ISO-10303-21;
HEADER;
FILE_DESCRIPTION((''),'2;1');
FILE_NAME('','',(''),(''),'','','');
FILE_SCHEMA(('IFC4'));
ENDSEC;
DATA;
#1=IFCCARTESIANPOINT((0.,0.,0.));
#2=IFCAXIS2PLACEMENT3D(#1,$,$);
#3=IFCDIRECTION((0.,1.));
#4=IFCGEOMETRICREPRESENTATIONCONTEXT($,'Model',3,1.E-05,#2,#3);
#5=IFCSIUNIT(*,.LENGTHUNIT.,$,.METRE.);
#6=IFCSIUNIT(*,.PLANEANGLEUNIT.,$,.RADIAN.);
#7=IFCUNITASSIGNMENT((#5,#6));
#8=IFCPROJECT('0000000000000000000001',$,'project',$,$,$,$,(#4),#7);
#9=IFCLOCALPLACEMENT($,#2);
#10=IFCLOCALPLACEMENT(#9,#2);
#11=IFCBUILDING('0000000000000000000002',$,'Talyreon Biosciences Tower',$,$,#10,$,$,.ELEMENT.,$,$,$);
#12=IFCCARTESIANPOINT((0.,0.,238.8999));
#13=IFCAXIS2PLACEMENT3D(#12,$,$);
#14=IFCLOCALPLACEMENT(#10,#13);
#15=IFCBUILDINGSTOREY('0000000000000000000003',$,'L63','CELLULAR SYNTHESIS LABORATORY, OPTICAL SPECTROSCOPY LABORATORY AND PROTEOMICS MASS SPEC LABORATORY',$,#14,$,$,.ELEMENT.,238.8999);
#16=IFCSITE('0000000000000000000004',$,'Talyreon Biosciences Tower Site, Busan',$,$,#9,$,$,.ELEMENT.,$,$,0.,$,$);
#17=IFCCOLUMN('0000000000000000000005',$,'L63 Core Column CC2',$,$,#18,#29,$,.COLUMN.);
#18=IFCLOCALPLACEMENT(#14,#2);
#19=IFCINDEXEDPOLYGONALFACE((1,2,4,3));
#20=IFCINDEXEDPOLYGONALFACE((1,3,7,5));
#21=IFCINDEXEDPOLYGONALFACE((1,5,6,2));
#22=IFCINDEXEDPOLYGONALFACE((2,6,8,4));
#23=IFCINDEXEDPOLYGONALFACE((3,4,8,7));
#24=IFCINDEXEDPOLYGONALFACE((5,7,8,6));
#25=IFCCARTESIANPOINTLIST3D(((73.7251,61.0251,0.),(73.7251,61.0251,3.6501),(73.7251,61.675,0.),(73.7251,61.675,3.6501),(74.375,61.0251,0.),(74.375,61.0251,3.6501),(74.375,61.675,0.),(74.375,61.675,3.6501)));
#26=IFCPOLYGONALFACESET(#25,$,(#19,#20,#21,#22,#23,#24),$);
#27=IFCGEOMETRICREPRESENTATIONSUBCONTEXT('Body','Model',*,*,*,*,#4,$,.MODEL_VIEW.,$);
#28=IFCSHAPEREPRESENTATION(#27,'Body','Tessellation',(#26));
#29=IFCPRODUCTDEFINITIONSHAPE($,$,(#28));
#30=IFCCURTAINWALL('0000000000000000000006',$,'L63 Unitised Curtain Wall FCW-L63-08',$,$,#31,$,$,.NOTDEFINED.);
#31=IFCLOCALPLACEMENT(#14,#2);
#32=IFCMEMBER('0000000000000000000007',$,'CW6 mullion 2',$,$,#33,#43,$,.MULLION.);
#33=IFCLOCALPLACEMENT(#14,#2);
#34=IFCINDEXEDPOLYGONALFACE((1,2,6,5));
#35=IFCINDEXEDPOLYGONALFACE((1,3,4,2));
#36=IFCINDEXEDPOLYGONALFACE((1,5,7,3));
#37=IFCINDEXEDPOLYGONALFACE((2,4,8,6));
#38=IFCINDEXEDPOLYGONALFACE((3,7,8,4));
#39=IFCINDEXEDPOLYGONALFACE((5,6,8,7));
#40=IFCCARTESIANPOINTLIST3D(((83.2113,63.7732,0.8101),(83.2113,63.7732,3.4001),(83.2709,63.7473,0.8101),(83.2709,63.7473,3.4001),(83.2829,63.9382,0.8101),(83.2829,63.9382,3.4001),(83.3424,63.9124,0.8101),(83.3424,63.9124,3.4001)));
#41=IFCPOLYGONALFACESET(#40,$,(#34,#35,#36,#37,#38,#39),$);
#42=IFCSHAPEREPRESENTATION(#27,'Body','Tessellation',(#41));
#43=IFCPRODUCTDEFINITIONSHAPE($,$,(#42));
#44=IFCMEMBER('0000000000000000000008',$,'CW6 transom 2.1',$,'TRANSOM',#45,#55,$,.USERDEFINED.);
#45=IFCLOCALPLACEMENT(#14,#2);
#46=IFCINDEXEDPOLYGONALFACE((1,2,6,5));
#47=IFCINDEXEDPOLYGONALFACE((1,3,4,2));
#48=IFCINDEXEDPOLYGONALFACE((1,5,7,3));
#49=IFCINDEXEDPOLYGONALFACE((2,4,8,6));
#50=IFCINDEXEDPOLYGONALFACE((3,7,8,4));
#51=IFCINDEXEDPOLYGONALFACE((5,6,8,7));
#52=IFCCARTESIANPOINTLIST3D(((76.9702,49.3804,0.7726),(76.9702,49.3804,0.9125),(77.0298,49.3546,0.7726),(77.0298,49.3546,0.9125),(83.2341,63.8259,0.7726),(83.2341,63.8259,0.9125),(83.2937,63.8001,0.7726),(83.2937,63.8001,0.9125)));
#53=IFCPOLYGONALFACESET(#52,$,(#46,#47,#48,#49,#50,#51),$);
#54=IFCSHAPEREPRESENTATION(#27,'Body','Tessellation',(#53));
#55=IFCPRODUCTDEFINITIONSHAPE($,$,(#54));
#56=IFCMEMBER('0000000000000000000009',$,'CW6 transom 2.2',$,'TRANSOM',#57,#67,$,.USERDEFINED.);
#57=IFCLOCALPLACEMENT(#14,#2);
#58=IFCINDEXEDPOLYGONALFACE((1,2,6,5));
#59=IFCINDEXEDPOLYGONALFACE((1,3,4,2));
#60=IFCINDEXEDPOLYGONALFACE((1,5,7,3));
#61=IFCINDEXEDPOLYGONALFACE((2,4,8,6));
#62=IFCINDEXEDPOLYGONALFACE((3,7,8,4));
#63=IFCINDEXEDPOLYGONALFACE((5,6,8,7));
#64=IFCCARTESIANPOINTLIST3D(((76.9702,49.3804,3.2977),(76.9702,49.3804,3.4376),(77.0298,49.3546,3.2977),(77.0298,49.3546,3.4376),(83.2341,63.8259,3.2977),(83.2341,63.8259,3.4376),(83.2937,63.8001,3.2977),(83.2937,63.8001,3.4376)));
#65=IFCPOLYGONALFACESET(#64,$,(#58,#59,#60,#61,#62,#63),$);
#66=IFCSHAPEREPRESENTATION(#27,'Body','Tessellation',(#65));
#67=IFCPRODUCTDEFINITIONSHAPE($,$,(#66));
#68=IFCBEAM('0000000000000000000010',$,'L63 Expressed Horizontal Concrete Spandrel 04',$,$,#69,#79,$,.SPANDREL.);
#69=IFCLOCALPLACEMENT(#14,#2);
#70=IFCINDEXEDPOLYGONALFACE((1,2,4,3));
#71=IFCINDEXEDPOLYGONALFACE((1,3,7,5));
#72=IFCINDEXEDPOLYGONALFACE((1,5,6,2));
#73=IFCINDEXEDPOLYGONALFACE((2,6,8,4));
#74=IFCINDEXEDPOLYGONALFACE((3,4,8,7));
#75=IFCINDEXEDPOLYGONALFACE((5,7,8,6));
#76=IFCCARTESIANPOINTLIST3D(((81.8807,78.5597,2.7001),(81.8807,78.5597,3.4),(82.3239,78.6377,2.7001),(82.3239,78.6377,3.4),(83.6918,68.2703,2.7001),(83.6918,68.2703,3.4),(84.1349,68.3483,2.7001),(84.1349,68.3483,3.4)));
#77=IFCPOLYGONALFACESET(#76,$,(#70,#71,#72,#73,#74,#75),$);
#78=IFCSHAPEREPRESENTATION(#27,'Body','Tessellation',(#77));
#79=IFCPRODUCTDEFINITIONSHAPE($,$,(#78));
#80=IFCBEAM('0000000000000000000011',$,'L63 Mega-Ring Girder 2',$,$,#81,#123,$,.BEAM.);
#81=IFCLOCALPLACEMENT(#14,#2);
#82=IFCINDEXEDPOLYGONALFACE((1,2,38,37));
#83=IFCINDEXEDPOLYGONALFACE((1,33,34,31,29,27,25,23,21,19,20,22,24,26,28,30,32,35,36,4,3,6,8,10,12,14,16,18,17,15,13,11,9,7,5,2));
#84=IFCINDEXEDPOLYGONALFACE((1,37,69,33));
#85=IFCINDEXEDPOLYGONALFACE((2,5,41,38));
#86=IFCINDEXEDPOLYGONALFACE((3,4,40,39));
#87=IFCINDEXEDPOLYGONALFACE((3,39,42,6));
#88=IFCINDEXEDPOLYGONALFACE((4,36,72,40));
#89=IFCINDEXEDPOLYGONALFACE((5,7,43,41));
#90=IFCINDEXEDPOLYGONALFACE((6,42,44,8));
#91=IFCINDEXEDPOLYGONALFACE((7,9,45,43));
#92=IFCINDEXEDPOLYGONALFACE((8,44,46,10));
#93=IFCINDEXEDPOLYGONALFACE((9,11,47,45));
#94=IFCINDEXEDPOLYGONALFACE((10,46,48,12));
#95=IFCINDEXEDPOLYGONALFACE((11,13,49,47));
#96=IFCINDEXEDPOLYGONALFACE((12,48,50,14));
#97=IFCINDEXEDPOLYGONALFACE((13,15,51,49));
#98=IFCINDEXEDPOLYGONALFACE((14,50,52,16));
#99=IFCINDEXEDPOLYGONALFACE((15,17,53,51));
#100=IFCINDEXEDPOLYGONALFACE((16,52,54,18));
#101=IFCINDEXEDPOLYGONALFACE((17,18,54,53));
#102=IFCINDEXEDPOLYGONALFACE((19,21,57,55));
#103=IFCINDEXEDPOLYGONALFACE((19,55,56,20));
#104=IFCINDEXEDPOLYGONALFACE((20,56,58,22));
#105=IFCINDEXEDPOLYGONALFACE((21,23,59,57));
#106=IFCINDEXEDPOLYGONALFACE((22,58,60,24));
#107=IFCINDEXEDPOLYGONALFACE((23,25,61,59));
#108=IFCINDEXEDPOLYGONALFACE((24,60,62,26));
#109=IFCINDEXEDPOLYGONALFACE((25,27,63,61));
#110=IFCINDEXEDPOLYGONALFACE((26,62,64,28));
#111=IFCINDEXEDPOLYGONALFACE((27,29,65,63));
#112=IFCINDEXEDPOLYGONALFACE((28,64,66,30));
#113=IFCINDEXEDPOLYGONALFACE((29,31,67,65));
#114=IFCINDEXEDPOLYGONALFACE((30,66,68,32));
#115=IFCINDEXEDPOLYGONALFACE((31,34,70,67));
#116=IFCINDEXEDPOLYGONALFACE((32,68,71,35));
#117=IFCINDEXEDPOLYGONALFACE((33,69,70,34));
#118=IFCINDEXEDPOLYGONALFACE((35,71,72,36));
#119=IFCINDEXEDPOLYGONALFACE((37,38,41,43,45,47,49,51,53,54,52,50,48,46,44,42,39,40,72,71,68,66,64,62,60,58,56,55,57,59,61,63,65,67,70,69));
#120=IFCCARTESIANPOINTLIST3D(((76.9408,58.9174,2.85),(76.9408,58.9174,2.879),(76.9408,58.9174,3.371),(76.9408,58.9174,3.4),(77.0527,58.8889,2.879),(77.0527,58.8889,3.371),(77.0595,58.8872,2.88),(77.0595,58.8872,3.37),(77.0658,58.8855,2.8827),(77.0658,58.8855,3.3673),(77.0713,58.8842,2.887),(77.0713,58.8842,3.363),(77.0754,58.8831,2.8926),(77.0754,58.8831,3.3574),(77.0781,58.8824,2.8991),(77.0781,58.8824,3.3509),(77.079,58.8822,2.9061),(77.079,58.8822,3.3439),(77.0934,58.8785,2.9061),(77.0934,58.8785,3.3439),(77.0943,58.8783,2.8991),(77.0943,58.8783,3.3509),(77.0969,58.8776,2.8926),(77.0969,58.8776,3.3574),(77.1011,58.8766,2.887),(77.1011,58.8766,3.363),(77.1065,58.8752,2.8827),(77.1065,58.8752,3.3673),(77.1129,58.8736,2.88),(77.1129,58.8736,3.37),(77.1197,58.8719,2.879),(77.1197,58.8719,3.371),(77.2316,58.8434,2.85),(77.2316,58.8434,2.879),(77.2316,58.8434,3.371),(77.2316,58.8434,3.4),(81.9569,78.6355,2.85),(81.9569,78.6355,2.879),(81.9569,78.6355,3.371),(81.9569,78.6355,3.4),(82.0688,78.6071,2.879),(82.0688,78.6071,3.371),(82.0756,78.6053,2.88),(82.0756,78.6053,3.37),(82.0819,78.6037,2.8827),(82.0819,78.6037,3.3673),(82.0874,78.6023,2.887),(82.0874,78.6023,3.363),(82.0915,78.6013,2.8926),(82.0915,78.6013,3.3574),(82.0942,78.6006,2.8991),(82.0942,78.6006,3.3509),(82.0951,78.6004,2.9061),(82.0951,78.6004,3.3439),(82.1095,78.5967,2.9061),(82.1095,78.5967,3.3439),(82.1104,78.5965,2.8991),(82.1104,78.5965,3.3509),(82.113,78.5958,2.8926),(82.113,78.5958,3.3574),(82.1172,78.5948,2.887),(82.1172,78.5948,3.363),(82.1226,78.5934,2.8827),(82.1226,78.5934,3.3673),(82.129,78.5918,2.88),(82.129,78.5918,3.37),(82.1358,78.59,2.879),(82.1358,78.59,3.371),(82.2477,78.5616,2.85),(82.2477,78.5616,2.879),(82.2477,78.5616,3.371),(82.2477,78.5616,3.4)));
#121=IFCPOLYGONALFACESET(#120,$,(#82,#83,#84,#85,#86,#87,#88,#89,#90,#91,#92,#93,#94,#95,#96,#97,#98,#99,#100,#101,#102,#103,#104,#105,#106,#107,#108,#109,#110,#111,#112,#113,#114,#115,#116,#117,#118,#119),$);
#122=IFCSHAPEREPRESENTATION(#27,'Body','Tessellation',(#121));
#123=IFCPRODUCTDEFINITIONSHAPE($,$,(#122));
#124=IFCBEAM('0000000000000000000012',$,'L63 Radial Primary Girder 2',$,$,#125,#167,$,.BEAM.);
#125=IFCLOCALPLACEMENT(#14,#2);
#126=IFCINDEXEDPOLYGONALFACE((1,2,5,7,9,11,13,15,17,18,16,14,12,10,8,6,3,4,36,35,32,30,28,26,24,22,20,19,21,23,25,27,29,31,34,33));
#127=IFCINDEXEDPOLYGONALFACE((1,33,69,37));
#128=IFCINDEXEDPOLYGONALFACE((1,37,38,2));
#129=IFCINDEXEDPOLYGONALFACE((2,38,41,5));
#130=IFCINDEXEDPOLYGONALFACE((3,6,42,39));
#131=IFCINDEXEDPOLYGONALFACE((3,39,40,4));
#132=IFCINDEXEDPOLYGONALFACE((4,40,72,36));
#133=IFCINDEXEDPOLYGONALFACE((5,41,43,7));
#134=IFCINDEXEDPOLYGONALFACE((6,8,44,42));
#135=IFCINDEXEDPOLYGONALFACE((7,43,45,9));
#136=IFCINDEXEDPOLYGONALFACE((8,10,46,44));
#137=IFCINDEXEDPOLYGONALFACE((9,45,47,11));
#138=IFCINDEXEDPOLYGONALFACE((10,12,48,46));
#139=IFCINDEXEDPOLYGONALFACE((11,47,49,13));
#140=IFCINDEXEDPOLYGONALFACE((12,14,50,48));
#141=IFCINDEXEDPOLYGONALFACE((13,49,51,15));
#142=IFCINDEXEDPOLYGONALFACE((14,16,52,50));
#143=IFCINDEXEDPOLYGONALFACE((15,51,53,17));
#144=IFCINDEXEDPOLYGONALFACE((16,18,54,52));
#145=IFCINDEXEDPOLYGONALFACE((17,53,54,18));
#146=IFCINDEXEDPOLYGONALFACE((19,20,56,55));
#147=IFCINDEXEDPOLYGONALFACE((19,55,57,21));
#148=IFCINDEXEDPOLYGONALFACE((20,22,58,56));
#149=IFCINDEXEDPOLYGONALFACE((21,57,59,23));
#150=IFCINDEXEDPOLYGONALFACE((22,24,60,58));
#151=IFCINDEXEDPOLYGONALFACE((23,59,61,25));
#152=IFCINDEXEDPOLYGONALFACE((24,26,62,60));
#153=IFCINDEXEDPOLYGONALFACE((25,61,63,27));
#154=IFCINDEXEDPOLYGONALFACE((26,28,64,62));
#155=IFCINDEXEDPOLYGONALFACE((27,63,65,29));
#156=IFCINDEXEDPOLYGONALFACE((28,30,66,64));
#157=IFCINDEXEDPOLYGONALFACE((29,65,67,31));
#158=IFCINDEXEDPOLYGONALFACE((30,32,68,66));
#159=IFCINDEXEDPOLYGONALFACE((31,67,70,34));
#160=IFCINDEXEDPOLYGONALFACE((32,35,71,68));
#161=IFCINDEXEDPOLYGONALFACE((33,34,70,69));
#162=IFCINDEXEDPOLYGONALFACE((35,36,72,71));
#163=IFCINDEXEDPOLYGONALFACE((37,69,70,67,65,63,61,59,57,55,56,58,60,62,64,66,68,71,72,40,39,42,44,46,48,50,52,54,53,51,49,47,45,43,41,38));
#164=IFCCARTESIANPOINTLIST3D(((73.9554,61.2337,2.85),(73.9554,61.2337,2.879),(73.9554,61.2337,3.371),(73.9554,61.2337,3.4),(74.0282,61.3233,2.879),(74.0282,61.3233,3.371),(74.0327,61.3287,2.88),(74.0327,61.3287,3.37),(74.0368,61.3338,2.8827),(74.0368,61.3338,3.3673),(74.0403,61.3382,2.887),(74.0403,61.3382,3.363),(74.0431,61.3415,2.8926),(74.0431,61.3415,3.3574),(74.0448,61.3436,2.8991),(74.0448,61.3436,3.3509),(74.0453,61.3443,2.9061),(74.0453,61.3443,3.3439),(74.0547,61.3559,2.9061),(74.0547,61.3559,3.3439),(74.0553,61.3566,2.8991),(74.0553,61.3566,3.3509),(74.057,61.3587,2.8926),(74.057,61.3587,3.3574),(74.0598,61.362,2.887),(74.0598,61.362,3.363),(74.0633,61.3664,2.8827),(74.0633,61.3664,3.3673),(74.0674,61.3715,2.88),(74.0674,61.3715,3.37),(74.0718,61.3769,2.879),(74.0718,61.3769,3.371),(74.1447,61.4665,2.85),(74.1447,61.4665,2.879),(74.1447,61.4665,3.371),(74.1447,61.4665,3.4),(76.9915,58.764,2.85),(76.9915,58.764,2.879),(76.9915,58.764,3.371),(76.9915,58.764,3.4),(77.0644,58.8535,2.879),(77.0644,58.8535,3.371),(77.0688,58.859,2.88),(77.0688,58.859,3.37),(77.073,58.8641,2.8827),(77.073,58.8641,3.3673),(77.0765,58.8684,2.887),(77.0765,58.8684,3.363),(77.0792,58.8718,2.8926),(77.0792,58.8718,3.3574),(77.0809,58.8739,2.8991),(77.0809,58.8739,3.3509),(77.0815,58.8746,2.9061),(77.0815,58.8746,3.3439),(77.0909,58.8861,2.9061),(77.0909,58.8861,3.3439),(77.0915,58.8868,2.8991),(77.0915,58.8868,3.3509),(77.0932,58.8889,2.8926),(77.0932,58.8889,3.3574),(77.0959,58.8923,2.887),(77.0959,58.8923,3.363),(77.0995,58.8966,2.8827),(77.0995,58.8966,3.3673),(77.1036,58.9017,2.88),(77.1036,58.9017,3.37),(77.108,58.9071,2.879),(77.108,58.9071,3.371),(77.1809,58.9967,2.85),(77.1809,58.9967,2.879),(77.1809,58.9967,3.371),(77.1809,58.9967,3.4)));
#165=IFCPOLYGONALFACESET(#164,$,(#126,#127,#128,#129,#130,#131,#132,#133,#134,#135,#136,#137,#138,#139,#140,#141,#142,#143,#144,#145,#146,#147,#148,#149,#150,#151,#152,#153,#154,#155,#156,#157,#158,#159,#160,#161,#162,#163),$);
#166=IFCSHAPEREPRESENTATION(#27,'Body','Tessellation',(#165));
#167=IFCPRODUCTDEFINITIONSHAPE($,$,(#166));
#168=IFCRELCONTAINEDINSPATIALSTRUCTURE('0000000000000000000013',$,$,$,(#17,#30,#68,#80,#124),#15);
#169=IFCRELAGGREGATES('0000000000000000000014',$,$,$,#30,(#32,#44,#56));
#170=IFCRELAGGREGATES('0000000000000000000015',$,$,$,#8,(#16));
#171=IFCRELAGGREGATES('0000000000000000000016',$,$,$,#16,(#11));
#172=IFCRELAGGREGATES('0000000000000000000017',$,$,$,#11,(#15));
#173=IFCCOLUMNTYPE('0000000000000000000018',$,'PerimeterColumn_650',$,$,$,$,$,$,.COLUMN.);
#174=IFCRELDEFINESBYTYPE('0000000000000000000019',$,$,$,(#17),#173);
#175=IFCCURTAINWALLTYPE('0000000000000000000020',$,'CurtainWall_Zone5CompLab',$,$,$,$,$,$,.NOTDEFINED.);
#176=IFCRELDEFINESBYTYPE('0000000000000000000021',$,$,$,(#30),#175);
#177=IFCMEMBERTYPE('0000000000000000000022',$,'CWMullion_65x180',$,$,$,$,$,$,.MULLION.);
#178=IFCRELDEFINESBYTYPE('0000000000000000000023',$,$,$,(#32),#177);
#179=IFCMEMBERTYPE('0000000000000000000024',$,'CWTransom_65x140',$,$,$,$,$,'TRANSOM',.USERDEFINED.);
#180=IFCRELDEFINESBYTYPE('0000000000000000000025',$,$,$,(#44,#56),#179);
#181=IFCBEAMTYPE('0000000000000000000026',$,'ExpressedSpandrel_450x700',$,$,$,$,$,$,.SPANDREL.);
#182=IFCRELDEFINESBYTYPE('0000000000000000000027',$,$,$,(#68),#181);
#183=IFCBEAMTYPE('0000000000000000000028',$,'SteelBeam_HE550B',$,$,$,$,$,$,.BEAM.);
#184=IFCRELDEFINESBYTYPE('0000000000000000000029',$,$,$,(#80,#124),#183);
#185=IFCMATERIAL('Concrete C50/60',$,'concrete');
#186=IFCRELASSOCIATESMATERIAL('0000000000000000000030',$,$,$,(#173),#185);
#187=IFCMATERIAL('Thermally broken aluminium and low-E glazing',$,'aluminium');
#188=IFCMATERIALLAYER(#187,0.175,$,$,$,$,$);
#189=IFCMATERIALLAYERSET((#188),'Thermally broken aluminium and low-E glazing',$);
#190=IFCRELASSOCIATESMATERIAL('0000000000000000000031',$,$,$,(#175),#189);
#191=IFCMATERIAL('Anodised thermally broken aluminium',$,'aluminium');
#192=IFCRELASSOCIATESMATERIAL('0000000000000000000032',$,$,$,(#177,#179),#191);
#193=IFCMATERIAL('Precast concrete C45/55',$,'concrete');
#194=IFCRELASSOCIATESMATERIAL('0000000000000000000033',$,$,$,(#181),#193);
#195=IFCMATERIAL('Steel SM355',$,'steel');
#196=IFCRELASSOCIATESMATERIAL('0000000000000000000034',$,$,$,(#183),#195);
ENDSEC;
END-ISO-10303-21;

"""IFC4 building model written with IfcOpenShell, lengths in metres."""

from ifc_helpers import new_model, si_unit, direction, frame, origin, origin_2d, place, context, subcontext, project, spatial, rectangle, i_section, extrude, material, layer, layer_set, material_profile, profile_set, type_object, element, aggregate, save


model = new_model("IFC4")

# Units and contexts
model_context = context("Model", 3, precision=1e-05, world=origin(), true_north=direction((0.0, 1.0)))
body_context = subcontext(model_context, "Body", "Model", "MODEL_VIEW")
ifc_project = project(units=[si_unit("LENGTHUNIT", "METRE"), si_unit("PLANEANGLEUNIT", "RADIAN")], contexts=[model_context])

# Site, building, storey
site_placement = place(None, origin())
site = spatial("IfcSite", under=ifc_project, at=site_placement, Name="Talyreon Biosciences Tower Site, Busan", CompositionType="ELEMENT", RefElevation=0.0)
building_placement = place(site_placement, origin())
building = spatial("IfcBuilding", under=site, at=building_placement, Name="Talyreon Biosciences Tower", CompositionType="ELEMENT")
storey_placement = place(building_placement, frame((0.0, 0.0, 238.8999)))
storey = spatial("IfcBuildingStorey", under=building, at=storey_placement, Name="L63", Description="CELLULAR SYNTHESIS LABORATORY, OPTICAL SPECTROSCOPY LABORATORY AND PROTEOMICS MASS SPEC LABORATORY", CompositionType="ELEMENT", Elevation=238.8999)

# Column
ifc_material_1 = material(Name="Concrete C50/60", Category="concrete")
ifc_material_profile_1 = material_profile(ifc_material_1, rectangle(XDim=0.6499, YDim=0.6499, at=origin_2d()), Name="RC 650x650")
ifc_profile_set_1 = profile_set([ifc_material_profile_1], Name="Concrete C50/60")
column_type = type_object("IfcColumnType", Name="PerimeterColumn_650", PredefinedType="COLUMN", material=ifc_profile_set_1)
column_placement = place(storey_placement, frame((74.05, 61.3501, 0.0), z_axis=(0.0, 0.0, 1.0), x_axis=(1.0, 0.0, 0.0)))
element("IfcColumn", 1, at=column_placement, inside=storey, type_object=column_type, Name="L63 Core Column CC2", PredefinedType="COLUMN", context=body_context, shape_type="SweptSolid", body=[
    extrude(rectangle(XDim=0.6499, YDim=0.6499, at=origin_2d()), origin(), (0.0, 0.0, 1.0), 3.6501),
])

# Curtain wall, members
ifc_material_2 = material(Name="Thermally broken aluminium and low-E glazing", Category="aluminium")
ifc_layer_1 = layer(ifc_material_2, 0.175)
ifc_layer_set_1 = layer_set([ifc_layer_1], Name="Thermally broken aluminium and low-E glazing")
curtain_wall_type = type_object("IfcCurtainWallType", Name="CurtainWall_Zone5CompLab", PredefinedType="NOTDEFINED", material=ifc_layer_set_1)
curtain_wall_placement = place(storey_placement, origin())
curtain_wall = element("IfcCurtainWall", 2, at=curtain_wall_placement, inside=storey, type_object=curtain_wall_type, Name="L63 Unitised Curtain Wall FCW-L63-08", PredefinedType="NOTDEFINED")
ifc_material_3 = material(Name="Anodised thermally broken aluminium", Category="aluminium")
ifc_material_profile_2 = material_profile(ifc_material_3, rectangle(XDim=0.0649, YDim=0.1799, at=origin_2d()), Name="ALUM MULLION 65x180")
ifc_profile_set_2 = profile_set([ifc_material_profile_2], Name="Anodised thermally broken aluminium")
member_type_1 = type_object("IfcMemberType", Name="CWMullion_65x180", PredefinedType="MULLION", material=ifc_profile_set_2)
member_1_placement = place(storey_placement, frame((83.2769, 63.8428, 0.8101), z_axis=(0.0, 0.0, 1.0), x_axis=(0.917458, -0.397832, 0.0)))
member_1 = element("IfcMember", 3, at=member_1_placement, type_object=member_type_1, Name="CW6 mullion 2", PredefinedType="MULLION", context=body_context, shape_type="SweptSolid", body=[
    extrude(rectangle(XDim=0.0649, YDim=0.1799, at=origin_2d()), origin(), (0.0, 0.0, 1.0), 2.5901),
])
ifc_material_profile_3 = material_profile(ifc_material_3, rectangle(XDim=0.0649, YDim=0.1399, at=origin_2d()), Name="ALUM TRANSOM 65x140")
ifc_profile_set_3 = profile_set([ifc_material_profile_3], Name="Anodised thermally broken aluminium")
member_type_2 = type_object("IfcMemberType", Name="CWTransom_65x140", ElementType="TRANSOM", PredefinedType="USERDEFINED", material=ifc_profile_set_3)
member_2_placement = place(storey_placement, frame((83.2639, 63.813, 0.8425), z_axis=(-0.397831, -0.917459, 0.0), x_axis=(0.917459, -0.397831, 0.0)))
member_2 = element("IfcMember", 4, at=member_2_placement, type_object=member_type_2, Name="CW6 transom 2.1", ObjectType="TRANSOM", PredefinedType="USERDEFINED", context=body_context, shape_type="SweptSolid", body=[
    extrude(rectangle(XDim=0.0649, YDim=0.1399, at=origin_2d()), origin(), (0.0, 0.0, 1.0), 15.7451),
])
member_3_placement = place(storey_placement, frame((83.2639, 63.813, 3.3677), z_axis=(-0.397831, -0.917459, 0.0), x_axis=(0.917459, -0.397831, 0.0)))
member_3 = element("IfcMember", 5, at=member_3_placement, type_object=member_type_2, Name="CW6 transom 2.2", ObjectType="TRANSOM", PredefinedType="USERDEFINED", context=body_context, shape_type="SweptSolid", body=[
    extrude(rectangle(XDim=0.0649, YDim=0.1399, at=origin_2d()), origin(), (0.0, 0.0, 1.0), 15.7451),
])
aggregate(curtain_wall, [member_1, member_2, member_3])

# Beams
ifc_material_4 = material(Name="Precast concrete C45/55", Category="concrete")
ifc_material_profile_4 = material_profile(ifc_material_4, rectangle(XDim=0.45, YDim=0.7, at=origin_2d()), Name="RCB 450x700")
ifc_profile_set_4 = profile_set([ifc_material_profile_4], Name="Precast concrete C45/55")
beam_type_1 = type_object("IfcBeamType", Name="ExpressedSpandrel_450x700", PredefinedType="SPANDREL", material=ifc_profile_set_4)
beam_1_placement = place(storey_placement, frame((83.9133, 68.3093, 3.05), z_axis=(-0.173347, 0.984861, 0.0), x_axis=(-0.984861, -0.173347, 0.0)))
element("IfcBeam", 6, at=beam_1_placement, inside=storey, type_object=beam_type_1, Name="L63 Expressed Horizontal Concrete Spandrel 04", PredefinedType="SPANDREL", context=body_context, shape_type="SweptSolid", body=[
    extrude(rectangle(XDim=0.45, YDim=0.7, at=origin_2d()), origin(), (0.0, 0.0, 1.0), 10.4475),
])
ifc_material_5 = material(Name="Steel SM355", Category="steel")
ifc_material_profile_5 = material_profile(ifc_material_5, i_section(OverallWidth=0.3, OverallDepth=0.55, WebThickness=0.0149, FlangeThickness=0.0291, FilletRadius=0.0271, at=origin_2d()), Name="HE550B")
ifc_profile_set_5 = profile_set([ifc_material_profile_5], Name="Steel SM355")
beam_type_2 = type_object("IfcBeamType", Name="SteelBeam_HE550B", PredefinedType="BEAM", material=ifc_profile_set_5)
beam_2_placement = place(storey_placement, frame((77.0862, 58.8804, 3.125), z_axis=(0.246537, 0.969133, 0.0), x_axis=(-0.969133, 0.246537, 0.0)))
element("IfcBeam", 7, at=beam_2_placement, inside=storey, type_object=beam_type_2, Name="L63 Mega-Ring Girder 2", PredefinedType="BEAM", context=body_context, shape_type="SweptSolid", body=[
    extrude(i_section(OverallWidth=0.3, OverallDepth=0.55, WebThickness=0.0149, FlangeThickness=0.0291, FilletRadius=0.0271, at=origin_2d()), origin(), (0.0, 0.0, 1.0), 20.3462),
])
beam_3_placement = place(storey_placement, frame((74.05, 61.3501, 3.125), z_axis=(0.775755, -0.631034, 0.0), x_axis=(0.631034, 0.775755, 0.0)))
element("IfcBeam", 8, at=beam_3_placement, inside=storey, type_object=beam_type_2, Name="L63 Radial Primary Girder 2", PredefinedType="BEAM", context=body_context, shape_type="SweptSolid", body=[
    extrude(i_section(OverallWidth=0.3, OverallDepth=0.55, WebThickness=0.0149, FlangeThickness=0.0291, FilletRadius=0.0271, at=origin_2d()), origin(), (0.0, 0.0, 1.0), 3.9138),
])

save(model, "model.ifc")
